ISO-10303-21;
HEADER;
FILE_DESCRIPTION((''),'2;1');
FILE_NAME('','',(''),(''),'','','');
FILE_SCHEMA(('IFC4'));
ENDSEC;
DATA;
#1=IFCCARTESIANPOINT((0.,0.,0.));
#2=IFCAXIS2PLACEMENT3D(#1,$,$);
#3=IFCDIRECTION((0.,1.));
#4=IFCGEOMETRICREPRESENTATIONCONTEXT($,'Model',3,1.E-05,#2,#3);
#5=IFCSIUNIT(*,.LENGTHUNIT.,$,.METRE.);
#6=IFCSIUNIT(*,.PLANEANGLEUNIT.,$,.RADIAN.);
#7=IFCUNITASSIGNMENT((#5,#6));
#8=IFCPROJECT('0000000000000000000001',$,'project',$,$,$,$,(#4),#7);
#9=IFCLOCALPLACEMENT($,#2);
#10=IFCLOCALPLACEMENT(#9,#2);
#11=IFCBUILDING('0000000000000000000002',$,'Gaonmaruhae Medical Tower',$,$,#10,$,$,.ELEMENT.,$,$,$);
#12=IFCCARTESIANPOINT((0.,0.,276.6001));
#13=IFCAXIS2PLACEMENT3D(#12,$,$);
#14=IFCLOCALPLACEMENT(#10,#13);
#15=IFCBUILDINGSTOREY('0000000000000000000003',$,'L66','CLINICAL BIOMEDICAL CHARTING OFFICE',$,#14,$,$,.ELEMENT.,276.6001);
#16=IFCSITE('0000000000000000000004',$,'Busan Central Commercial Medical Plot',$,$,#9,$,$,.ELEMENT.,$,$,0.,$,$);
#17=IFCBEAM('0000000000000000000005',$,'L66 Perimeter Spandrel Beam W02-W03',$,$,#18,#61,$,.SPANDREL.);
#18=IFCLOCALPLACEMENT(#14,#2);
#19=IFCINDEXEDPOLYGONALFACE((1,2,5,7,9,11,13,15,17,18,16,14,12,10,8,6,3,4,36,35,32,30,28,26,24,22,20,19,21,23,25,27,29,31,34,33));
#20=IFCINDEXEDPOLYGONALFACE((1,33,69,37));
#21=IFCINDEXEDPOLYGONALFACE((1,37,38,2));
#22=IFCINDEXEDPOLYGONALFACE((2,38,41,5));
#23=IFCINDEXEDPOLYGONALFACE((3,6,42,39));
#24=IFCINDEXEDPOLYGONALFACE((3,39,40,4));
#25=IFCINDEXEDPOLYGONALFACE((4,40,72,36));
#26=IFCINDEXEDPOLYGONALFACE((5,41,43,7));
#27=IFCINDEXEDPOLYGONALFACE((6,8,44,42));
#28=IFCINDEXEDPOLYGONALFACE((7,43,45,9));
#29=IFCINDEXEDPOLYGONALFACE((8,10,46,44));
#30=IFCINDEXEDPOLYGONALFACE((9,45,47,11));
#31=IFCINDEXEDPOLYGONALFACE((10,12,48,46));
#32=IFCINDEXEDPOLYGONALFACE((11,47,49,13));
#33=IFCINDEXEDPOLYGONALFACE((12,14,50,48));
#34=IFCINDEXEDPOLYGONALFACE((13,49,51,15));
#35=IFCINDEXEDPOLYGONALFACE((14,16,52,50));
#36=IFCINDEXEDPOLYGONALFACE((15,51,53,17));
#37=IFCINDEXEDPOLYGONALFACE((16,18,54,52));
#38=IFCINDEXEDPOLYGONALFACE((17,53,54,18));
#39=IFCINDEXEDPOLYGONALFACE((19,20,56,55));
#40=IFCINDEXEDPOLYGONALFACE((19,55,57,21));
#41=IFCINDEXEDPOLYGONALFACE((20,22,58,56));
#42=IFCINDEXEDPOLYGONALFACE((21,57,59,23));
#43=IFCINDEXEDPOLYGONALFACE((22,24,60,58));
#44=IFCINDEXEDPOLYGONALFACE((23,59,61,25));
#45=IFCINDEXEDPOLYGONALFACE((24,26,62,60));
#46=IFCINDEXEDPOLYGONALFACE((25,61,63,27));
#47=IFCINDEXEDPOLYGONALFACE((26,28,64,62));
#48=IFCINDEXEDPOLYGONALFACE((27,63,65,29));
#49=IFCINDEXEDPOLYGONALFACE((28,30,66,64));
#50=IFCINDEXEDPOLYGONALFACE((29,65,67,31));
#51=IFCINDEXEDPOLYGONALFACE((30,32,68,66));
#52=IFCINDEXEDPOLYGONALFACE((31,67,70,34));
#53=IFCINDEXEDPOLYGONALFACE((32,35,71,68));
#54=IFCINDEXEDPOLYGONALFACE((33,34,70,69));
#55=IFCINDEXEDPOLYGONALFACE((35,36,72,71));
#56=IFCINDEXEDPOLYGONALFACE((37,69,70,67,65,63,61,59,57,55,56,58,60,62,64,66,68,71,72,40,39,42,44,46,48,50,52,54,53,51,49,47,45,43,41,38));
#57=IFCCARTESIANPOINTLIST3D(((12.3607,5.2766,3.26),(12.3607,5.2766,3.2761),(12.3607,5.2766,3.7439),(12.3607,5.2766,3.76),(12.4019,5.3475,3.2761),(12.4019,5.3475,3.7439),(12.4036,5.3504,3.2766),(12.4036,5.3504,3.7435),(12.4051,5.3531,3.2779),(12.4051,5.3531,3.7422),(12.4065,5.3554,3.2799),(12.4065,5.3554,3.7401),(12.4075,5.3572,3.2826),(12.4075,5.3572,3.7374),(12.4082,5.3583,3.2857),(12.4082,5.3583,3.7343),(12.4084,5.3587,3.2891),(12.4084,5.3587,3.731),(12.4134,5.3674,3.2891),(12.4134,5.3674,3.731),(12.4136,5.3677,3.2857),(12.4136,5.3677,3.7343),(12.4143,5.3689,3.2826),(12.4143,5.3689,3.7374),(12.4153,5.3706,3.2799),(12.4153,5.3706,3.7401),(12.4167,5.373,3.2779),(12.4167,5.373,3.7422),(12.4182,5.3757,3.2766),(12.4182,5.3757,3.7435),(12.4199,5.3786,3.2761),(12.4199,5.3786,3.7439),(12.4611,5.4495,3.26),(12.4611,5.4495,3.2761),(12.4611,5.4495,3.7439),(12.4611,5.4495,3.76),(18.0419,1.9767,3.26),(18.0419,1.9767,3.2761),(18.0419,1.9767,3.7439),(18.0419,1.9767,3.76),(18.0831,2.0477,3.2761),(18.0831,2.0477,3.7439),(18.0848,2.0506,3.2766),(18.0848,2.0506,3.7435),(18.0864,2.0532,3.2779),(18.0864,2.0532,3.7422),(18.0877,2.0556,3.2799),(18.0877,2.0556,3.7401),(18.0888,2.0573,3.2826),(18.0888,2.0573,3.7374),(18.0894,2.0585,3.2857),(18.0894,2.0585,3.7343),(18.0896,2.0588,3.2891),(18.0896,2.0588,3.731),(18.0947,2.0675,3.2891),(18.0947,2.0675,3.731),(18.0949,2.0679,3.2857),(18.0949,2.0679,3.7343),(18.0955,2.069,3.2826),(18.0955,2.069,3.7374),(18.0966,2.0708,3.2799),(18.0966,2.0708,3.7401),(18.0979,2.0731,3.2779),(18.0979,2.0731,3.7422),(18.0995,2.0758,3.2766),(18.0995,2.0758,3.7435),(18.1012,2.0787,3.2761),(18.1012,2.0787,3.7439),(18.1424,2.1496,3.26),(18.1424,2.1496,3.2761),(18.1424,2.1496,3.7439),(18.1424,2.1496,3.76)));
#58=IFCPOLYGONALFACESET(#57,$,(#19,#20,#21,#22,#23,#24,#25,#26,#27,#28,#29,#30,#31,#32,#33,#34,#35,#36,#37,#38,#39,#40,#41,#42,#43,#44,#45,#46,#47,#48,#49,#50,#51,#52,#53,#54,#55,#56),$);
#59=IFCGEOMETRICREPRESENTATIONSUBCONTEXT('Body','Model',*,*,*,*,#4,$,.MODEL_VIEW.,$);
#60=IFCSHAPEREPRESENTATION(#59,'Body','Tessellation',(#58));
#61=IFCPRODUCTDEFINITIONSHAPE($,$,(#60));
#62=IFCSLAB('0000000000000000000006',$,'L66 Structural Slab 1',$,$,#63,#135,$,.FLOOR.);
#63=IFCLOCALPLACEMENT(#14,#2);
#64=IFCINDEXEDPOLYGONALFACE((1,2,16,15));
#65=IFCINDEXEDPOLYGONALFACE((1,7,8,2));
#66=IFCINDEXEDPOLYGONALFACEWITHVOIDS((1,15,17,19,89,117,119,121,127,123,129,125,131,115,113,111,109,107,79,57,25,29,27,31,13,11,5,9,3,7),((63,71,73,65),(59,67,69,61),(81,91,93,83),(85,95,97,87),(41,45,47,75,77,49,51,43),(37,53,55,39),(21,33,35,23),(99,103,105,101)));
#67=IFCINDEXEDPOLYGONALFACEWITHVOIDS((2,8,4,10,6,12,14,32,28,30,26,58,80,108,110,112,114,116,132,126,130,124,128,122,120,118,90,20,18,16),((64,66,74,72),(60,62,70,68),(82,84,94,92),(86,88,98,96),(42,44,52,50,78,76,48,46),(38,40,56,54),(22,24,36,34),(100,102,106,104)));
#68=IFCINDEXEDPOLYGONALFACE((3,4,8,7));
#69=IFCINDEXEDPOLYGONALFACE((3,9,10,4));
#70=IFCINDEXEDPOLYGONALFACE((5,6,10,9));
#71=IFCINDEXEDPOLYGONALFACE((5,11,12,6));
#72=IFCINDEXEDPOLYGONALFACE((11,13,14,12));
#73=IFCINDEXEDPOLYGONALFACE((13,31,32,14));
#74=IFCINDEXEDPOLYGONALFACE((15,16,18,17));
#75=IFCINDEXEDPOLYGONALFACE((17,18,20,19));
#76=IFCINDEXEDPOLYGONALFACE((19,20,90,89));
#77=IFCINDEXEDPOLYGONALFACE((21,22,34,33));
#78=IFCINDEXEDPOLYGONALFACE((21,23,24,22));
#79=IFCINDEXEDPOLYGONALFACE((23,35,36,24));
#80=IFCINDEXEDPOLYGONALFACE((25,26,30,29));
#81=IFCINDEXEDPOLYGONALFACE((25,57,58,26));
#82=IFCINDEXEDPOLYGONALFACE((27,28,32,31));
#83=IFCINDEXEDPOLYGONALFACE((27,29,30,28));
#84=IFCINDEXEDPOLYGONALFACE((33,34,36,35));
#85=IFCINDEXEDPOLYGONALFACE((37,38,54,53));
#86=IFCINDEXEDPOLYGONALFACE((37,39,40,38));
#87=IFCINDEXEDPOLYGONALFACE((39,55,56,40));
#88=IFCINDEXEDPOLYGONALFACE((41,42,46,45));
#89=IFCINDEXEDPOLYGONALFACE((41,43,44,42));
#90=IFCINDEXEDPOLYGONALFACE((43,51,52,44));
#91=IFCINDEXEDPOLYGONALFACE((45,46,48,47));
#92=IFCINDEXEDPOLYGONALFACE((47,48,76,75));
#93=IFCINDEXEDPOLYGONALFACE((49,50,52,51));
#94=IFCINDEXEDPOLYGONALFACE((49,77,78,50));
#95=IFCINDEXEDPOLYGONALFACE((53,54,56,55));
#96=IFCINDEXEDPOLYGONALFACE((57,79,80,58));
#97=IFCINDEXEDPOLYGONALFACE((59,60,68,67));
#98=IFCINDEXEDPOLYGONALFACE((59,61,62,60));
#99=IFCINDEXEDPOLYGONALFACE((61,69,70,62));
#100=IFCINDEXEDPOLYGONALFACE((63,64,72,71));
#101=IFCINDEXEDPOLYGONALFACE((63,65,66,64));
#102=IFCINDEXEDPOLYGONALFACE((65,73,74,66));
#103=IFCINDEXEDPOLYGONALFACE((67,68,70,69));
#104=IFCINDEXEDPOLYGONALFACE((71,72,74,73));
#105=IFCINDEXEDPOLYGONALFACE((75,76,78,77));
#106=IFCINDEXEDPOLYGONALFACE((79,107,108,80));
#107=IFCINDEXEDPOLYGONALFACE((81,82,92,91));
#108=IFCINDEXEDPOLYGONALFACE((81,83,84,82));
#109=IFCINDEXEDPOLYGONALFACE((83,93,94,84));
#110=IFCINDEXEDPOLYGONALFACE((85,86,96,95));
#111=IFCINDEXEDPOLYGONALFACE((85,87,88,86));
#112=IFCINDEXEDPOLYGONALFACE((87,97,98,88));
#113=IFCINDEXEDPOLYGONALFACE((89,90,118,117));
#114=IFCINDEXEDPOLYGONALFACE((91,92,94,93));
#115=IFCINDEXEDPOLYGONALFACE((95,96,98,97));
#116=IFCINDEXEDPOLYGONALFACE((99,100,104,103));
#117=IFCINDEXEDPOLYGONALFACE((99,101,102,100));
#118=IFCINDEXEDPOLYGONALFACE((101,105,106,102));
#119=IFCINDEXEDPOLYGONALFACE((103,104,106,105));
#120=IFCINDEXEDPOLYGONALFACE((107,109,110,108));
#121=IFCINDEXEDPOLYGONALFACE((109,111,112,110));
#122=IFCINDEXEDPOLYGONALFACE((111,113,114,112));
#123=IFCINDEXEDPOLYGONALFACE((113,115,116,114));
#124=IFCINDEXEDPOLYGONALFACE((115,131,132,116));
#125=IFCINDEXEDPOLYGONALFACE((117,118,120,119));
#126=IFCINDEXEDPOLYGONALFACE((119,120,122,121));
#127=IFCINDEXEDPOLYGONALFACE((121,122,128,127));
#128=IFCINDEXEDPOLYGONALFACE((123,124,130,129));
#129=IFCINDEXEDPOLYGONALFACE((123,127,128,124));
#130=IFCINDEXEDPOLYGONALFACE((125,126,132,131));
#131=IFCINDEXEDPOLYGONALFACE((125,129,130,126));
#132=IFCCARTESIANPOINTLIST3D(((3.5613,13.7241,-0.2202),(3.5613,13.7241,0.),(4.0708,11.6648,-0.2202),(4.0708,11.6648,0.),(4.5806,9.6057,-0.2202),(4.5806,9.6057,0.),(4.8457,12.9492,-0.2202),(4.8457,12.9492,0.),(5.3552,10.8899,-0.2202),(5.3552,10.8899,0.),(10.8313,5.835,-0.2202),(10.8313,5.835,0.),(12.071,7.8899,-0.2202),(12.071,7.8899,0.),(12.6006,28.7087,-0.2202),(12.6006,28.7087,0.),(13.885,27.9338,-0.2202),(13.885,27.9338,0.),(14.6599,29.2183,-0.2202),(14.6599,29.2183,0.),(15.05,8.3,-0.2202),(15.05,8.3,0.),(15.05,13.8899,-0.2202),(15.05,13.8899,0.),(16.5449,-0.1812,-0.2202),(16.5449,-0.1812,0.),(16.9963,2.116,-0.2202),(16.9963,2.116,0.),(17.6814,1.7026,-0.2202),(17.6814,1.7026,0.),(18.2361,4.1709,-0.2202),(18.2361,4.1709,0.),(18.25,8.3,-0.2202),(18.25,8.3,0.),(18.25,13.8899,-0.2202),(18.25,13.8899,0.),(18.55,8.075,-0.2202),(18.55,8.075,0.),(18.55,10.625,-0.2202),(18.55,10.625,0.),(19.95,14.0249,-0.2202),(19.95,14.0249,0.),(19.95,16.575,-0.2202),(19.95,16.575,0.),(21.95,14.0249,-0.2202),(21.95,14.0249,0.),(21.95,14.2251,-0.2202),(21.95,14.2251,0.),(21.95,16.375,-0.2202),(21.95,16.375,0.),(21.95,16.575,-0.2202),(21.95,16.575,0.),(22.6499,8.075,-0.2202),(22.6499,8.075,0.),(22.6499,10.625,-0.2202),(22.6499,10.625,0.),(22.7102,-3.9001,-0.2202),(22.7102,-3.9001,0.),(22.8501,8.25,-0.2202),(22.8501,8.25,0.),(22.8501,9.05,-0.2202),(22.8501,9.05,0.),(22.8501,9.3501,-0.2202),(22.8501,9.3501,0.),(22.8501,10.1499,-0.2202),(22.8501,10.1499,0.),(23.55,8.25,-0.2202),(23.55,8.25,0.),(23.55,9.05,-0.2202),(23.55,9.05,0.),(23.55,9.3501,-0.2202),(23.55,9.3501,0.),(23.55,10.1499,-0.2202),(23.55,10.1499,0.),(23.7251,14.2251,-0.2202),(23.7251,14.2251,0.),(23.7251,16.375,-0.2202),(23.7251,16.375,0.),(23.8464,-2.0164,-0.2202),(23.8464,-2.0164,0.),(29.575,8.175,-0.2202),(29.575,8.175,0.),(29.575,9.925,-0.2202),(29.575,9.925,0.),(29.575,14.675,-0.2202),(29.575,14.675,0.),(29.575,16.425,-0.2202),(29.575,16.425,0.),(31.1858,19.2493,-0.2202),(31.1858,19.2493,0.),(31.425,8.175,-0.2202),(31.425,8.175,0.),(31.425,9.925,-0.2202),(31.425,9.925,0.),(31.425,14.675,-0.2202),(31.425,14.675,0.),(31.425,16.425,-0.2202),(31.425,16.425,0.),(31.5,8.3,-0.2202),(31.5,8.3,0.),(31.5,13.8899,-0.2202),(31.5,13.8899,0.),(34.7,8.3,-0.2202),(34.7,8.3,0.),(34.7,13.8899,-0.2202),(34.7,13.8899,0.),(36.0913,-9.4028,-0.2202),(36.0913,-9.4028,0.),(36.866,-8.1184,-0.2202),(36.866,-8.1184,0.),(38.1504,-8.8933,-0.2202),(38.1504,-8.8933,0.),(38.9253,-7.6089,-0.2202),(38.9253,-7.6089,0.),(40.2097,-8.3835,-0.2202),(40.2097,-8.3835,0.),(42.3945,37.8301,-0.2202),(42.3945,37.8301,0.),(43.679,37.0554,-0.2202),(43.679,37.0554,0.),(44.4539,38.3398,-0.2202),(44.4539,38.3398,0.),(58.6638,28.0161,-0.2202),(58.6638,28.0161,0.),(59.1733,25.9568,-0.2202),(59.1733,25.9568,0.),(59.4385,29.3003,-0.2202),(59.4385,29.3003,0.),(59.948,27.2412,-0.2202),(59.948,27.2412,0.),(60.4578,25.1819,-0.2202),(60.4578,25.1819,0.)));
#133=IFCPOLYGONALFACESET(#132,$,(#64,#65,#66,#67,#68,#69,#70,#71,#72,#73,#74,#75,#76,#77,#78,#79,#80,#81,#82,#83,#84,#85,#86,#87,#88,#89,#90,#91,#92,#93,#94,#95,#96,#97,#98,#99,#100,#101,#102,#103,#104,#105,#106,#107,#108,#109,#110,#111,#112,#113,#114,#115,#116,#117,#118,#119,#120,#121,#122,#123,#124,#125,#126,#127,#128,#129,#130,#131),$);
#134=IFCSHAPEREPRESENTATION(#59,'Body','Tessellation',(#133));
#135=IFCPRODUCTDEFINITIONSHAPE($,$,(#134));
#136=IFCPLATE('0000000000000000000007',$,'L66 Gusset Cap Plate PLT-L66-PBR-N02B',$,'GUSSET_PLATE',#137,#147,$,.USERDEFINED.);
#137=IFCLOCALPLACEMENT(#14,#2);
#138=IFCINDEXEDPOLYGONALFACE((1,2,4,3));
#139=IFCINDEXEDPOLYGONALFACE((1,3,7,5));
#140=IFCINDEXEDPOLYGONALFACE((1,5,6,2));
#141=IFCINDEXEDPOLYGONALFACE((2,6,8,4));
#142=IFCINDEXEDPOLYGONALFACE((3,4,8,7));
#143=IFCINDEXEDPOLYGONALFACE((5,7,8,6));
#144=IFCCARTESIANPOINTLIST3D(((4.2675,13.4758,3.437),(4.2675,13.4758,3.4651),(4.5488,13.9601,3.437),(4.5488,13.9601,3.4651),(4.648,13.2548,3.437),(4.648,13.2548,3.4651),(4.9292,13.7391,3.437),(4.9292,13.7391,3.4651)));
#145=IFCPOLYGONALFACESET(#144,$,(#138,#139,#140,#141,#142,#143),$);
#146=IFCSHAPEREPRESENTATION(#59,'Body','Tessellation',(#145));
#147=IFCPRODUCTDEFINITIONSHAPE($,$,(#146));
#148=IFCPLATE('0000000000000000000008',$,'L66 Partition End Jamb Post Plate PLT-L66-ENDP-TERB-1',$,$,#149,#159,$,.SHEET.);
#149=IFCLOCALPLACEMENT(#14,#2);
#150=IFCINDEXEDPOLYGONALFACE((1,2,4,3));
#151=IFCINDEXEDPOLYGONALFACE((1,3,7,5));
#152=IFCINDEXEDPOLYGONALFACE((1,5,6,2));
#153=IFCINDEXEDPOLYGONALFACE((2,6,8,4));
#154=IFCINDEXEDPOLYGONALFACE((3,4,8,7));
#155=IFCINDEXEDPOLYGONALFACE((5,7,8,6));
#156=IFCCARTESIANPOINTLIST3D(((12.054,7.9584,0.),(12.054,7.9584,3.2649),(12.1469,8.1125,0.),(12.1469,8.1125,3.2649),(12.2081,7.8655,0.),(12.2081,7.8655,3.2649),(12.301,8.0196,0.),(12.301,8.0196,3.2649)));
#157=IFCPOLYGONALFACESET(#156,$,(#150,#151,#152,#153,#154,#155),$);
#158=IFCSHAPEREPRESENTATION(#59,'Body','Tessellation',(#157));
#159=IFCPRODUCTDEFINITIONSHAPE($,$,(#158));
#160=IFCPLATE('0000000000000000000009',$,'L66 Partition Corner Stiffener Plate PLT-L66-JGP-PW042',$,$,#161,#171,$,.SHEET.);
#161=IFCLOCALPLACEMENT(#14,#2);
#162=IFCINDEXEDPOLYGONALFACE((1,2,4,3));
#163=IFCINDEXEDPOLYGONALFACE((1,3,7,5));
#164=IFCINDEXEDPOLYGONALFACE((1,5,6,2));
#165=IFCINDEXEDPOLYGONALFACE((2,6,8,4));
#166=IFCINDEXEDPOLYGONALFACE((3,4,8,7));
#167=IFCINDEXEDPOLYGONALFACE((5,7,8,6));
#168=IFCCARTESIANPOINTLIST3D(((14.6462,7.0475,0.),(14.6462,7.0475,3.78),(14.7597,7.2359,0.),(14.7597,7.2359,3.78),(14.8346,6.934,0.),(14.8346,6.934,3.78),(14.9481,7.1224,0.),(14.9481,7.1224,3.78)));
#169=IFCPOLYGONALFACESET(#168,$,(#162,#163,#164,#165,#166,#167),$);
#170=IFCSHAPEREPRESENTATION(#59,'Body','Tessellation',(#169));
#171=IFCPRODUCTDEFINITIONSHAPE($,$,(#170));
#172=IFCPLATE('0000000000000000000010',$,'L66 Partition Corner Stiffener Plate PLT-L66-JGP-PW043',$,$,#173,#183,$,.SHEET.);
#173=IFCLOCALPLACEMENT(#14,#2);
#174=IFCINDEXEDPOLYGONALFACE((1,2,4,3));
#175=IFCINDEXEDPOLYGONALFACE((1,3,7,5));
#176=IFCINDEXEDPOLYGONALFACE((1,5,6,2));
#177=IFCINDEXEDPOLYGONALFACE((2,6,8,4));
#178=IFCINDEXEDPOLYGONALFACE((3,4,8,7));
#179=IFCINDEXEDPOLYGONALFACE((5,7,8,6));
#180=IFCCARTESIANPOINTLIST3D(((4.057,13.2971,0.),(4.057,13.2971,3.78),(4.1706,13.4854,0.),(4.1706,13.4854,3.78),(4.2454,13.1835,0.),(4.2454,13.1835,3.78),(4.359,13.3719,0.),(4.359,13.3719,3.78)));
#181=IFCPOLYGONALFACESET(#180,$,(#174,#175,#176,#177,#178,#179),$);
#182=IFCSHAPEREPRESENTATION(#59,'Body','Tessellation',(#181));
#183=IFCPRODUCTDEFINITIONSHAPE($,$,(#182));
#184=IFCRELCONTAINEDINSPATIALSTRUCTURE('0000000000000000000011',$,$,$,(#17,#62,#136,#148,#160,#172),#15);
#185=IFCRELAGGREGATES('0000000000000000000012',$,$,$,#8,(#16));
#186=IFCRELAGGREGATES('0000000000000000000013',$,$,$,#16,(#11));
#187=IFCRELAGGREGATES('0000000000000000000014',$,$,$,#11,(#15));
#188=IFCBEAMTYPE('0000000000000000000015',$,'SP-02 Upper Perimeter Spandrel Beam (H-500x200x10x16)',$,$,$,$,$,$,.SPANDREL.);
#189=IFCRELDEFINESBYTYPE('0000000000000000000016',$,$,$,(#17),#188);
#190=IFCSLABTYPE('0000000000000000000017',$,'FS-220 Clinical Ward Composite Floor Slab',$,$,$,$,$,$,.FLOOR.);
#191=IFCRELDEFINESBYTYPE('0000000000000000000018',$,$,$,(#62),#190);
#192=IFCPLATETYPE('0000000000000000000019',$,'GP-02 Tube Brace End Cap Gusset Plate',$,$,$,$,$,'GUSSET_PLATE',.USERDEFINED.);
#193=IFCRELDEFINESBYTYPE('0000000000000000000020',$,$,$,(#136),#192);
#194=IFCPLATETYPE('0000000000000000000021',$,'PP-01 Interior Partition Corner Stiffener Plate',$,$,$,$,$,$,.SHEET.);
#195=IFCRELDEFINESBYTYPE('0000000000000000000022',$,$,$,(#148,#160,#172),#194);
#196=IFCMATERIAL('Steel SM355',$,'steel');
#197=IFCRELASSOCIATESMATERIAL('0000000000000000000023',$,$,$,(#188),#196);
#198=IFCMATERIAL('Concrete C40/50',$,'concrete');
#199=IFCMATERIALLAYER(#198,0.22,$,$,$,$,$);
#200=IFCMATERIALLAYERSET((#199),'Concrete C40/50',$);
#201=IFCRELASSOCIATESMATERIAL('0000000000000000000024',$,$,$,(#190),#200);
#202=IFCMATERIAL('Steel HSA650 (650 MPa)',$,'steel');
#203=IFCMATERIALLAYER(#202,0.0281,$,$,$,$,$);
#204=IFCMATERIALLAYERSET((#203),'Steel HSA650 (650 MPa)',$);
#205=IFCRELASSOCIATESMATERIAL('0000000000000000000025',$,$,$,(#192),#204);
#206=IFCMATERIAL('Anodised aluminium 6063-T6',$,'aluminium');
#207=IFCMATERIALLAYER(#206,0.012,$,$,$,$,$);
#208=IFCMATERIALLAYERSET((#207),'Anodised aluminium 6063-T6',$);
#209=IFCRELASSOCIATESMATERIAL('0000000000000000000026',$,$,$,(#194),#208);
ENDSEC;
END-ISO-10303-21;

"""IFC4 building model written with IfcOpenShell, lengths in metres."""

from ifc_helpers import new_model, si_unit, direction, frame, origin, origin_2d, place, context, subcontext, project, spatial, polyline, rectangle, i_section, outline, extrude, material, layer, layer_set, material_profile, profile_set, type_object, element, save


model = new_model("IFC4")

# Units and contexts
model_context = context("Model", 3, precision=1e-05, world=origin(), true_north=direction((0.0, 1.0)))
body_context = subcontext(model_context, "Body", "Model", "MODEL_VIEW")
ifc_project = project(units=[si_unit("LENGTHUNIT", "METRE"), si_unit("PLANEANGLEUNIT", "RADIAN")], contexts=[model_context])

# Site, building, storey
site_placement = place(None, origin())
site = spatial("IfcSite", under=ifc_project, at=site_placement, Name="Busan Central Commercial Medical Plot", CompositionType="ELEMENT", RefElevation=0.0)
building_placement = place(site_placement, origin())
building = spatial("IfcBuilding", under=site, at=building_placement, Name="Gaonmaruhae Medical Tower", CompositionType="ELEMENT")
storey_placement = place(building_placement, frame((0.0, 0.0, 276.6001)))
storey = spatial("IfcBuildingStorey", under=building, at=storey_placement, Name="L66", Description="CLINICAL BIOMEDICAL CHARTING OFFICE", CompositionType="ELEMENT", Elevation=276.6001)

# Beam
ifc_material_1 = material(Name="Steel SM355", Category="steel")
ifc_material_profile_1 = material_profile(ifc_material_1, i_section(OverallWidth=0.2, OverallDepth=0.5, WebThickness=0.01, FlangeThickness=0.0161, FilletRadius=0.0129, at=origin_2d()), Name="H-500x200x10x16")
ifc_profile_set_1 = profile_set([ifc_material_profile_1], Name="Steel SM355")
beam_type_1 = type_object("IfcBeamType", Name="SP-02 Upper Perimeter Spandrel Beam (H-500x200x10x16)", PredefinedType="SPANDREL", material=ifc_profile_set_1)
beam_1_placement = place(storey_placement, frame((12.4109, 5.363, 3.51), z_axis=(0.864718, -0.502257, 0.0), x_axis=(0.502257, 0.864718, 0.0)))
element("IfcBeam", 1, at=beam_1_placement, inside=storey, type_object=beam_type_1, Name="L66 Perimeter Spandrel Beam W02-W03", PredefinedType="SPANDREL", context=body_context, shape_type="SweptSolid", body=[
    extrude(i_section(OverallWidth=0.2, OverallDepth=0.5, WebThickness=0.01, FlangeThickness=0.0161, FilletRadius=0.0129, at=origin_2d()), origin(), (0.0, 0.0, 1.0), 6.5701),
])

# Slab
ifc_material_2 = material(Name="Concrete C40/50", Category="concrete")
ifc_layer_1 = layer(ifc_material_2, 0.22)
ifc_layer_set_1 = layer_set([ifc_layer_1], Name="Concrete C40/50")
slab_type_1 = type_object("IfcSlabType", Name="FS-220 Clinical Ward Composite Floor Slab", PredefinedType="FLOOR", material=ifc_layer_set_1)
slab_1_placement = place(storey_placement, frame((0.0, 0.0, -0.2202)))
element("IfcSlab", 2, at=slab_1_placement, inside=storey, type_object=slab_type_1, Name="L66 Structural Slab 1", PredefinedType="FLOOR", context=body_context, shape_type="SweptSolid", body=[
    extrude(outline(polyline([(5.3552, 10.8899), (4.0708, 11.6648), (4.8457, 12.9492), (3.5613, 13.7241), (12.6006, 28.7087), (13.885, 27.9338), (14.6599, 29.2183), (31.1858, 19.2493), (42.3945, 37.8301), (43.679, 37.0554), (44.4539, 38.3398), (59.4385, 29.3003), (58.6638, 28.0161), (59.948, 27.2412), (59.1733, 25.9568), (60.4578, 25.1819), (40.2097, -8.3835), (38.9253, -7.6089), (38.1504, -8.8933), (36.866, -8.1184), (36.0913, -9.4028), (23.8464, -2.0164), (22.7102, -3.9001), (16.5449, -0.1812), (17.6814, 1.7026), (16.9963, 2.116), (18.2361, 4.1709), (12.071, 7.8899), (10.8313, 5.835), (4.5806, 9.6057), (5.3552, 10.8899)]), holes=[polyline([(23.55, 8.25), (22.8501, 8.25), (22.8501, 9.05), (23.55, 9.05), (23.55, 8.25)]), polyline([(29.575, 9.925), (31.425, 9.925), (31.425, 8.175), (29.575, 8.175), (29.575, 9.925)]), polyline([(18.55, 10.625), (22.6499, 10.625), (22.6499, 8.075), (18.55, 8.075), (18.55, 10.625)]), polyline([(23.55, 9.3501), (22.8501, 9.3501), (22.8501, 10.1499), (23.55, 10.1499), (23.55, 9.3501)]), polyline([(15.05, 13.8899), (18.25, 13.8899), (18.25, 8.3), (15.05, 8.3), (15.05, 13.8899)]), polyline([(31.5, 13.8899), (34.7, 13.8899), (34.7, 8.3), (31.5, 8.3), (31.5, 13.8899)]), polyline([(23.7251, 14.2251), (21.95, 14.2251), (21.95, 14.0249), (19.95, 14.0249), (19.95, 16.575), (21.95, 16.575), (21.95, 16.375), (23.7251, 16.375), (23.7251, 14.2251)]), polyline([(31.425, 16.425), (31.425, 14.675), (29.575, 14.675), (29.575, 16.425), (31.425, 16.425)])]), origin(), (0.0, 0.0, 1.0), 0.2202),
])

# Plates
ifc_material_3 = material(Name="Steel HSA650 (650 MPa)", Category="steel")
ifc_layer_2 = layer(ifc_material_3, 0.0281)
ifc_layer_set_2 = layer_set([ifc_layer_2], Name="Steel HSA650 (650 MPa)")
plate_type_1 = type_object("IfcPlateType", Name="GP-02 Tube Brace End Cap Gusset Plate", ElementType="GUSSET_PLATE", PredefinedType="USERDEFINED", material=ifc_layer_set_2)
plate_1_placement = place(storey_placement, frame((4.5984, 13.6074, 3.437), z_axis=(0.0, 0.0, 1.0), x_axis=(0.502266, 0.864713, 0.0)))
element("IfcPlate", 3, at=plate_1_placement, inside=storey, type_object=plate_type_1, Name="L66 Gusset Cap Plate PLT-L66-PBR-N02B", ObjectType="GUSSET_PLATE", PredefinedType="USERDEFINED", context=body_context, shape_type="SweptSolid", body=[
    extrude(rectangle(XDim=0.5601, YDim=0.4399, at=origin_2d()), origin(), (0.0, 0.0, 1.0), 0.0281),
])
ifc_material_4 = material(Name="Anodised aluminium 6063-T6", Category="aluminium")
ifc_layer_3 = layer(ifc_material_4, 0.012)
ifc_layer_set_3 = layer_set([ifc_layer_3], Name="Anodised aluminium 6063-T6")
plate_type_2 = type_object("IfcPlateType", Name="PP-01 Interior Partition Corner Stiffener Plate", PredefinedType="SHEET", material=ifc_layer_set_3)
plate_2_placement = place(storey_placement, frame((12.1775, 7.989, 0.0), z_axis=(0.0, 0.0, 1.0), x_axis=(-0.856267, 0.516533, 0.0)))
element("IfcPlate", 4, at=plate_2_placement, inside=storey, type_object=plate_type_2, Name="L66 Partition End Jamb Post Plate PLT-L66-ENDP-TERB-1", PredefinedType="SHEET", context=body_context, shape_type="SweptSolid", body=[
    extrude(rectangle(XDim=0.1799, YDim=0.1799, at=origin_2d()), origin(), (0.0, 0.0, 1.0), 3.2649),
])
for number, where, z_axis, x_axis, name in (
    (5, (14.7971, 7.085, 0.0), (0.0, 0.0, 1.0), (-0.51601, -0.856582, 0.0), "L66 Partition Corner Stiffener Plate PLT-L66-JGP-PW042"),
    (6, (4.208, 13.3345, 0.0), (0.0, 0.0, 1.0), (-0.856429, 0.516264, 0.0), "L66 Partition Corner Stiffener Plate PLT-L66-JGP-PW043"),
):
    element("IfcPlate", number, at=place(storey_placement, frame(where, z_axis=z_axis, x_axis=x_axis)), inside=storey, type_object=plate_type_2, Name=name, PredefinedType="SHEET", context=body_context, shape_type="SweptSolid", body=[
        extrude(rectangle(XDim=0.22, YDim=0.22, at=origin_2d()), origin(), (0.0, 0.0, 1.0), 3.78),
    ])

save(model, "model.ifc")
